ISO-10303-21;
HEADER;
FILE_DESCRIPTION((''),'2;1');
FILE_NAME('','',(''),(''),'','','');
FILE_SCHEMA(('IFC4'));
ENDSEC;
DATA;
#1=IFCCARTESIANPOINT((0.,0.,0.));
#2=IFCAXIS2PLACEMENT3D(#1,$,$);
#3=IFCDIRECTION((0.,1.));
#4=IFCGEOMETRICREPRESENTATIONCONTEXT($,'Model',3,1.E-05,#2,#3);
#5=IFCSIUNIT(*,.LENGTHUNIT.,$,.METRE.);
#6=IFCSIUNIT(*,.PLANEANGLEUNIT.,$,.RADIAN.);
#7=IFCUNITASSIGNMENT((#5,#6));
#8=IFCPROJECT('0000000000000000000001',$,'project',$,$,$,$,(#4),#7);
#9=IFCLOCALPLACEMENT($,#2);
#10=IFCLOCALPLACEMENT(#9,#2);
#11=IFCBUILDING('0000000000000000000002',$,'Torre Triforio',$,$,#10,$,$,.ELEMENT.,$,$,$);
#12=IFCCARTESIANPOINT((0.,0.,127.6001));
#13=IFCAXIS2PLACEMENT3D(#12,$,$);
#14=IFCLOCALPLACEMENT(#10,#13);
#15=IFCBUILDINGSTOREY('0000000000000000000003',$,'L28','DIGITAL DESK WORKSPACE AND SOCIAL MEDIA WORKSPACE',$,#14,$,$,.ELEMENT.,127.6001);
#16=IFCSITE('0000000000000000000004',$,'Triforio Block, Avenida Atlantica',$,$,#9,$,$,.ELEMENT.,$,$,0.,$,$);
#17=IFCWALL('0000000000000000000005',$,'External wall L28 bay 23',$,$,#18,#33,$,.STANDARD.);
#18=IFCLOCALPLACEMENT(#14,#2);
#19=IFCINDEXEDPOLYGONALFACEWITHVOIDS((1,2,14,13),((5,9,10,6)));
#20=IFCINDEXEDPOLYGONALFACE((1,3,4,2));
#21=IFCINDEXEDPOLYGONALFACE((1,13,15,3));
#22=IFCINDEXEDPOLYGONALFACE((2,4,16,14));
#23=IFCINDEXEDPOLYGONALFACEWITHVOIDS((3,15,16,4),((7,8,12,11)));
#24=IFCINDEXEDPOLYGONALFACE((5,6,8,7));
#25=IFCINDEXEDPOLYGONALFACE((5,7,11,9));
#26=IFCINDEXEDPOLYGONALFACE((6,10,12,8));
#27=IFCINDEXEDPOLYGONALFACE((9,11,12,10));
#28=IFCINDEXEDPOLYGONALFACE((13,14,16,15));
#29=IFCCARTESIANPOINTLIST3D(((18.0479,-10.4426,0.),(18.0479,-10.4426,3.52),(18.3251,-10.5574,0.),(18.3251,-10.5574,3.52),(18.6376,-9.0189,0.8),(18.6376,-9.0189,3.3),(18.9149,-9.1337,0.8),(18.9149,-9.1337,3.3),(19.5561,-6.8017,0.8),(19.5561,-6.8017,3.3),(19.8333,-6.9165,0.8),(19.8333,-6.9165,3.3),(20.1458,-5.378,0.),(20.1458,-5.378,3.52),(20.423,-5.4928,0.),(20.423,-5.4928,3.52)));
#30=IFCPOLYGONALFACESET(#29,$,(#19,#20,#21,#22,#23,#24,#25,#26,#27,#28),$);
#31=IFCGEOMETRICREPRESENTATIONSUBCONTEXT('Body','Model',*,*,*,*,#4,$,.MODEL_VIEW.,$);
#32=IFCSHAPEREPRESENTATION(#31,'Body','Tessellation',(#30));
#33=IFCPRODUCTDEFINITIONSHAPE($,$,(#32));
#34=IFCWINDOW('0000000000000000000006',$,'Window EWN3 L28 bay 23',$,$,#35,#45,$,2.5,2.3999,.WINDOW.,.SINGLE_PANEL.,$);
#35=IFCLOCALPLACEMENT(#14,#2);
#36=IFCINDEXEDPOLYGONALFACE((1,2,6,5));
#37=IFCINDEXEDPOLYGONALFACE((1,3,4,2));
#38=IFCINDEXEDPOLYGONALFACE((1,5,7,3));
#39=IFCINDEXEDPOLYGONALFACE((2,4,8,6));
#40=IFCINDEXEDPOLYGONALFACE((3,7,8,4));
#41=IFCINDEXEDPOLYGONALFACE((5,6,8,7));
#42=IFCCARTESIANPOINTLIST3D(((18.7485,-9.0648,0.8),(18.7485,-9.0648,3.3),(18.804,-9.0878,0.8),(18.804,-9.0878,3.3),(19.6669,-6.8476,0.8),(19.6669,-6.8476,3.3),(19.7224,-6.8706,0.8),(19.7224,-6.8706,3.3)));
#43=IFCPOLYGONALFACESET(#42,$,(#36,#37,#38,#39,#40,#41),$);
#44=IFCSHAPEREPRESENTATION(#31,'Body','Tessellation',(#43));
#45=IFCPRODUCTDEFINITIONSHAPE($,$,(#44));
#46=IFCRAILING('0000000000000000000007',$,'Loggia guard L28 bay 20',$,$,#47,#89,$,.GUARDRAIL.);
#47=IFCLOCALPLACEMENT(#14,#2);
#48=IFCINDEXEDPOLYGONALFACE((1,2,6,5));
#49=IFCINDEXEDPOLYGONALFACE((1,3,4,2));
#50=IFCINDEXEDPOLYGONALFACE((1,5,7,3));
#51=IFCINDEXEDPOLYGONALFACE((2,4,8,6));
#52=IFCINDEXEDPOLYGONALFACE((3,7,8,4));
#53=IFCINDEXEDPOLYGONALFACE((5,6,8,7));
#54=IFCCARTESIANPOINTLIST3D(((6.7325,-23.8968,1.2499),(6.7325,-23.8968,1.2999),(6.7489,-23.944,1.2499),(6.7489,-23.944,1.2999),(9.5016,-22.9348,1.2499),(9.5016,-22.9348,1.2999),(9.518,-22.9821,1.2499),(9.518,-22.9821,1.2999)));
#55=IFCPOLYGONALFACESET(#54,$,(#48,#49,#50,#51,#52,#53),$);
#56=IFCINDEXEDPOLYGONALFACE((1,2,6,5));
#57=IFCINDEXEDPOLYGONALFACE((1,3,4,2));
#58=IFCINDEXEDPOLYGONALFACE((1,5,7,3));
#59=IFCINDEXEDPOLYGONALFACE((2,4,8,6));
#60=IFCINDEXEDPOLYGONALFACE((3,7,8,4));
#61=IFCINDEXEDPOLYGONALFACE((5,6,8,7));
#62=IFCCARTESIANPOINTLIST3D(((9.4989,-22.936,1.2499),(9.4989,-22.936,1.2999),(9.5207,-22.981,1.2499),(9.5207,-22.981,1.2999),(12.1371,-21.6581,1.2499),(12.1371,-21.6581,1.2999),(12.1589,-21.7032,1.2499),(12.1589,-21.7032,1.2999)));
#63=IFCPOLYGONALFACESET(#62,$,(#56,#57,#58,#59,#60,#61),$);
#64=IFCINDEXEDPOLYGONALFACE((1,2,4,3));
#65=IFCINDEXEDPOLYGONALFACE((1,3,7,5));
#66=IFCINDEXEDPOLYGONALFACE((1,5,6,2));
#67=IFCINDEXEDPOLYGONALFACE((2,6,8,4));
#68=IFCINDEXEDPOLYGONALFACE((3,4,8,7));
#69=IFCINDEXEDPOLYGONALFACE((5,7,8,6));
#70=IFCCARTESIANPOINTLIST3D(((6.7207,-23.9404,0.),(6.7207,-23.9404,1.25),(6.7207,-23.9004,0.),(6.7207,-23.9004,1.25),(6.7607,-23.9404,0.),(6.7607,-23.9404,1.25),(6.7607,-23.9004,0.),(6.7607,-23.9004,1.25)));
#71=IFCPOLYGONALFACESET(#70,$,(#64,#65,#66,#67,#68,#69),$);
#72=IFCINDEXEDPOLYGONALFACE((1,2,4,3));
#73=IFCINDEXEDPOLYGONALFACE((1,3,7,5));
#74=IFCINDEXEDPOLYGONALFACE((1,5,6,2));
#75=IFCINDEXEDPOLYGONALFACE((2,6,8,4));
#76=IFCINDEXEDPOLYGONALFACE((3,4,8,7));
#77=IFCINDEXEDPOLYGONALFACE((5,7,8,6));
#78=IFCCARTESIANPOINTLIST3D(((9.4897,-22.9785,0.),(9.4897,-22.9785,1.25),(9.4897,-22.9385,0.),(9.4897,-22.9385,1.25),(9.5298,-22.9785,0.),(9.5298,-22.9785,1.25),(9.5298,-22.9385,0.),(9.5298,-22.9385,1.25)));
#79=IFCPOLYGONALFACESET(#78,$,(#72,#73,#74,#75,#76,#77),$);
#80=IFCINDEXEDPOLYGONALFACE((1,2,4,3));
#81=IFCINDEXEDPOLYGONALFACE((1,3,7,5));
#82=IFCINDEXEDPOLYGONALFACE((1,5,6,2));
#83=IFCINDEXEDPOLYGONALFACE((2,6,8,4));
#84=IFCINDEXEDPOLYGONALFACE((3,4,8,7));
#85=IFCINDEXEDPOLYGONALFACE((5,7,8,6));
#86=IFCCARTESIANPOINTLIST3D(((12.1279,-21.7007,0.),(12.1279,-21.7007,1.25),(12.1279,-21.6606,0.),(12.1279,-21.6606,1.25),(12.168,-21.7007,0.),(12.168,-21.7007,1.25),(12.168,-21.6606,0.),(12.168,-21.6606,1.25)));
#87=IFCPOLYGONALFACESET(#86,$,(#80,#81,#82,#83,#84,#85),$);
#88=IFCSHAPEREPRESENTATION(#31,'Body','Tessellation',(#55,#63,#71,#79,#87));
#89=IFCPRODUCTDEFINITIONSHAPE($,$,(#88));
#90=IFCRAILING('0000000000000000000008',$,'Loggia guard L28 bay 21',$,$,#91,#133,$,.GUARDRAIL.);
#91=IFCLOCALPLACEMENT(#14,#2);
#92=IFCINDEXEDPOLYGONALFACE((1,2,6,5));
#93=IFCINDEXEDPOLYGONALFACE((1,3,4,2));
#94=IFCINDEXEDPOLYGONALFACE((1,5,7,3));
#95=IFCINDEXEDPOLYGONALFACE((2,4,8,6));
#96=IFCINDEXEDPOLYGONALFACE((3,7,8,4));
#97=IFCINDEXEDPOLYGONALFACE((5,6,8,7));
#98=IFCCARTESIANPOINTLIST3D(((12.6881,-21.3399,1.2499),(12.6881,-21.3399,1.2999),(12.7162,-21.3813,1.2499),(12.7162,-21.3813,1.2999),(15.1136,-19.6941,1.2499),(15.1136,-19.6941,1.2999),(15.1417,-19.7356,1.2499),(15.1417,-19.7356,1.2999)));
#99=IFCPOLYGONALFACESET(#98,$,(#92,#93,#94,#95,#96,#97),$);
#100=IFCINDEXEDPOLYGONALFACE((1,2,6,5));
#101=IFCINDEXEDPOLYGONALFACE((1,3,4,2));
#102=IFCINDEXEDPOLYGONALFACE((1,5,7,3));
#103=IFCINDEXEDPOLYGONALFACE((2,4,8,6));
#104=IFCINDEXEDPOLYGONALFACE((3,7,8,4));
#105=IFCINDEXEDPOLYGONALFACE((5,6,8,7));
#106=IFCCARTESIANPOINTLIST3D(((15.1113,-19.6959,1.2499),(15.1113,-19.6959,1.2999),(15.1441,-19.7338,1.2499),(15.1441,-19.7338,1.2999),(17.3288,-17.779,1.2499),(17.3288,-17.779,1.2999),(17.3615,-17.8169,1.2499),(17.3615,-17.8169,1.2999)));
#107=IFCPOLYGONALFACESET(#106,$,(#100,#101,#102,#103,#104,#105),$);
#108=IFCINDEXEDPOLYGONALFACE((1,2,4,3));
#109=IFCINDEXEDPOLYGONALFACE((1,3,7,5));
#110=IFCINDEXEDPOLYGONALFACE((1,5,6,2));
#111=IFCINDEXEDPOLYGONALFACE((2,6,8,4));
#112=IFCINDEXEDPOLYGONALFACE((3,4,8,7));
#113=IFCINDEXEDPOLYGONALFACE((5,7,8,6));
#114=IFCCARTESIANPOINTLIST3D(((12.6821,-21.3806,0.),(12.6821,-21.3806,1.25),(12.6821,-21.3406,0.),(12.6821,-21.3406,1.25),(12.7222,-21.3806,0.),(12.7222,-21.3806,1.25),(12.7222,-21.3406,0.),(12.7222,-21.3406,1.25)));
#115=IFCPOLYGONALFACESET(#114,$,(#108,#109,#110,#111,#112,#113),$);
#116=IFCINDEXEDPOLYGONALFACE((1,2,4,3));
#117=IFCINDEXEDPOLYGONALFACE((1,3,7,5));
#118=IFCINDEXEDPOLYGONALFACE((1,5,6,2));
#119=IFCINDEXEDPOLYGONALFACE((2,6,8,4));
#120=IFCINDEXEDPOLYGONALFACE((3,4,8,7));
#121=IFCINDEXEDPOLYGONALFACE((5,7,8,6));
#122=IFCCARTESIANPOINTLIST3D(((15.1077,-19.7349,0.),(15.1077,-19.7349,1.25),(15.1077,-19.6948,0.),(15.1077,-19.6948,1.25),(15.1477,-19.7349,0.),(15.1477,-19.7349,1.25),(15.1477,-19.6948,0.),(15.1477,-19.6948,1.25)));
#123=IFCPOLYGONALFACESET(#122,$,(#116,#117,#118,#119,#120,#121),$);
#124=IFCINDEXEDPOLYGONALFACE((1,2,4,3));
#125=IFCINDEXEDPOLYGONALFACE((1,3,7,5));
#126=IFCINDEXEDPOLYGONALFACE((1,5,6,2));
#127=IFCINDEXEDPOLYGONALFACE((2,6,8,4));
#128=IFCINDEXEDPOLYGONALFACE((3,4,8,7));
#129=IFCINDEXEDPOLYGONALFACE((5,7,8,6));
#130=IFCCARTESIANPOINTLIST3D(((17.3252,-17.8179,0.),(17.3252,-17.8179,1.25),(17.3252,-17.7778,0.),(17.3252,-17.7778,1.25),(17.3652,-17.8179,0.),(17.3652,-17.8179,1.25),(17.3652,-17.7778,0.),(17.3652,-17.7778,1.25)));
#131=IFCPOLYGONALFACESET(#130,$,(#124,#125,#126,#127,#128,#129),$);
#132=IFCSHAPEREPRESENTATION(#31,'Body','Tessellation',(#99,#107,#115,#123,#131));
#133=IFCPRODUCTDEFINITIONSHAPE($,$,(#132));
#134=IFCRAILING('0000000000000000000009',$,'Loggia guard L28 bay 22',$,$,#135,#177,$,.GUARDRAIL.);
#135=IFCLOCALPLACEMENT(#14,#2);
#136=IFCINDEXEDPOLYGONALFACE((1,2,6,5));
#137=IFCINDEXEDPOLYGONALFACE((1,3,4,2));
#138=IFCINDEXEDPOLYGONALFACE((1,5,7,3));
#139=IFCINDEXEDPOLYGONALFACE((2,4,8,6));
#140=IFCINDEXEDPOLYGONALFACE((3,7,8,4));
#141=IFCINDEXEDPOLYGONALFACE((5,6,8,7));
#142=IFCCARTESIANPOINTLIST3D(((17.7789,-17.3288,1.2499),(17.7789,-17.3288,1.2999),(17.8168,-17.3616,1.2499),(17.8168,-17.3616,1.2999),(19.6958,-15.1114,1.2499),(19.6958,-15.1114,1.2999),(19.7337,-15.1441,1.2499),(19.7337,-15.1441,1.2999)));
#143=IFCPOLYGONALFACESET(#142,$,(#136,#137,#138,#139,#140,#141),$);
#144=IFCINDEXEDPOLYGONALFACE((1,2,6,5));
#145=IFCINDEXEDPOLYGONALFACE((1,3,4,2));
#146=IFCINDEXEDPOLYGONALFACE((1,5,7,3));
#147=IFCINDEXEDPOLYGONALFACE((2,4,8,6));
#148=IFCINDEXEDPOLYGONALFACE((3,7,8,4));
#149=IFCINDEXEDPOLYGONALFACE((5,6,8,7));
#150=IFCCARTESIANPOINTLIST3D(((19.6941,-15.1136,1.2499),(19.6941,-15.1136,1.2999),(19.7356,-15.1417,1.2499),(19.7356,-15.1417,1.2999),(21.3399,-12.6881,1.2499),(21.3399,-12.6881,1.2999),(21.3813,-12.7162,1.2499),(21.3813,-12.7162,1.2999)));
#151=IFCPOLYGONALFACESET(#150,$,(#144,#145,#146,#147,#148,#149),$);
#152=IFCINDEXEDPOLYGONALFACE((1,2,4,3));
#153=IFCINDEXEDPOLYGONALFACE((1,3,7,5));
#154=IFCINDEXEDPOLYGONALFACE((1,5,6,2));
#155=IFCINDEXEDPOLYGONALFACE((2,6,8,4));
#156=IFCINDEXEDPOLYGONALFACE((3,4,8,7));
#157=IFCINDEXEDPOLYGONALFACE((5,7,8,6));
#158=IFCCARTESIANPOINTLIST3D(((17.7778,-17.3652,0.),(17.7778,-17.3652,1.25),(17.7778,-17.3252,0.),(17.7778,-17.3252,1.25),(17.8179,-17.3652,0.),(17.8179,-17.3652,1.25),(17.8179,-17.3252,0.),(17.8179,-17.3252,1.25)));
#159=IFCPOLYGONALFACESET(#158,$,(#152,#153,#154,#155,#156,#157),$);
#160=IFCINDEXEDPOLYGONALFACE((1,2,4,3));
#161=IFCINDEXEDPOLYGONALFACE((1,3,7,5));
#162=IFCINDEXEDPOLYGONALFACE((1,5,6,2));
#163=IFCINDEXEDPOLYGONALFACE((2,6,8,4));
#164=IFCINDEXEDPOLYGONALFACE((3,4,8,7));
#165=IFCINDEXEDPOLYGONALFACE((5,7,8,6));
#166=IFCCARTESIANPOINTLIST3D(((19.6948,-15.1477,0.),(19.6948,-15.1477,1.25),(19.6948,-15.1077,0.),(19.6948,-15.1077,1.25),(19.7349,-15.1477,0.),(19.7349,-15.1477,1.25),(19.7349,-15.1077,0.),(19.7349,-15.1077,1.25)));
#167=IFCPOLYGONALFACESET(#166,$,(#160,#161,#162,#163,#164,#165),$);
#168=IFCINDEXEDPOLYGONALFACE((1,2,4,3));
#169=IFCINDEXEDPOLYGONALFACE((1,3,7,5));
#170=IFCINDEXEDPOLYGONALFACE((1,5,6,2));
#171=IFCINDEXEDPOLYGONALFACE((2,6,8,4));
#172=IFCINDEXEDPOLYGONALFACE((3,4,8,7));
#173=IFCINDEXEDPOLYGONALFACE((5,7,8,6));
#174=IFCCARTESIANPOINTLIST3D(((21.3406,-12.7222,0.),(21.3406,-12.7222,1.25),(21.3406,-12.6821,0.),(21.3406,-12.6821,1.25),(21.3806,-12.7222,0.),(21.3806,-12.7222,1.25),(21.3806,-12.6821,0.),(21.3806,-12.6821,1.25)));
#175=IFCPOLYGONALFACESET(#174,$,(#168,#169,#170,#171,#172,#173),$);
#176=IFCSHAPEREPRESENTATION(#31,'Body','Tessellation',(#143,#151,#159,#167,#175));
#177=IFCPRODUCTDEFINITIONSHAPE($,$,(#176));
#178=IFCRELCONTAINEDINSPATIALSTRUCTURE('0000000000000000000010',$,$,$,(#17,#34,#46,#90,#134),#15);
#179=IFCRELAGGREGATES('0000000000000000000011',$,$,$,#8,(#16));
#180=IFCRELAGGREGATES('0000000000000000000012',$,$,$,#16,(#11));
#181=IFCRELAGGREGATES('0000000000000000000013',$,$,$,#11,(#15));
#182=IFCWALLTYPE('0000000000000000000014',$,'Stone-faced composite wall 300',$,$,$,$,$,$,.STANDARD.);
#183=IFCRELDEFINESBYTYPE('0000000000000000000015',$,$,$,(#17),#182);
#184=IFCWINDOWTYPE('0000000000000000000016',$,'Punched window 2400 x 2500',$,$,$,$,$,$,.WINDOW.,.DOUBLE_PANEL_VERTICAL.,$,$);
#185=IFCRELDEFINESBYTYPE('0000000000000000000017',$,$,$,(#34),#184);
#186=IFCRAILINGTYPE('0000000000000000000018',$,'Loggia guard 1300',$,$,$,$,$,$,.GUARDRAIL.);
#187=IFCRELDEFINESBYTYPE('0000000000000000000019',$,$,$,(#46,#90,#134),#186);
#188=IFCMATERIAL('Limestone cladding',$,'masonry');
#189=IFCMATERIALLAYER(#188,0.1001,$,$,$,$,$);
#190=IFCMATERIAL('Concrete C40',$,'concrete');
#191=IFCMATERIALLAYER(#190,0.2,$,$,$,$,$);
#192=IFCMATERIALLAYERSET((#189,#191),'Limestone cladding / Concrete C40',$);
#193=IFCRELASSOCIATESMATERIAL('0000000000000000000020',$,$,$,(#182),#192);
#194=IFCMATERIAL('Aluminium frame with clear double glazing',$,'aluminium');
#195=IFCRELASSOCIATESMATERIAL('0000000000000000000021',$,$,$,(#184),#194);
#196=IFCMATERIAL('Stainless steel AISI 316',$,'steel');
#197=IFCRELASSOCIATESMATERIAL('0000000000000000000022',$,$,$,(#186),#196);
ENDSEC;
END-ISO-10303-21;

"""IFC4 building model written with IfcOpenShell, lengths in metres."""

from ifc_helpers import new_model, si_unit, direction, frame, frame_2d, origin, origin_2d, place, context, subcontext, project, spatial, rectangle, extrude, material, layer, layer_set, type_object, element, fill, save


model = new_model("IFC4")

# Units and contexts
model_context = context("Model", 3, precision=1e-05, world=origin(), true_north=direction((0.0, 1.0)))
body_context = subcontext(model_context, "Body", "Model", "MODEL_VIEW")
ifc_project = project(units=[si_unit("LENGTHUNIT", "METRE"), si_unit("PLANEANGLEUNIT", "RADIAN")], contexts=[model_context])

# Site, building, storey
site_placement = place(None, origin())
site = spatial("IfcSite", under=ifc_project, at=site_placement, Name="Triforio Block, Avenida Atlantica", CompositionType="ELEMENT", RefElevation=0.0)
building_placement = place(site_placement, origin())
building = spatial("IfcBuilding", under=site, at=building_placement, Name="Torre Triforio", CompositionType="ELEMENT")
storey_placement = place(building_placement, frame((0.0, 0.0, 127.6001)))
storey = spatial("IfcBuildingStorey", under=building, at=storey_placement, Name="L28", Description="DIGITAL DESK WORKSPACE AND SOCIAL MEDIA WORKSPACE", CompositionType="ELEMENT", Elevation=127.6001)

# Shared definitions
ifc_material_1 = material(Name="Limestone cladding", Category="masonry")
ifc_material_2 = material(Name="Concrete C40", Category="concrete")

# Shared definitions
ifc_layer_1 = layer(ifc_material_1, 0.1001)
ifc_layer_2 = layer(ifc_material_2, 0.2)
ifc_layer_set_1 = layer_set([ifc_layer_1, ifc_layer_2], Name="Limestone cladding / Concrete C40")
wall_type_1 = type_object("IfcWallType", Name="Stone-faced composite wall 300", PredefinedType="STANDARD", material=ifc_layer_set_1)
ifc_material_3 = material(Name="Aluminium frame with clear double glazing", Category="aluminium")
window_type_1 = type_object("IfcWindowType", Name="Punched window 2400 x 2500", PartitioningType="DOUBLE_PANEL_VERTICAL", PredefinedType="WINDOW", material=ifc_material_3)

# Wall, opening, window
wall_1_placement = place(storey_placement, frame((18.1865, -10.5, 0.0), z_axis=(0.0, 0.0, 1.0), x_axis=(0.382689, 0.923877, 0.0)))
wall_1 = element("IfcWall", 1, at=wall_1_placement, inside=storey, type_object=wall_type_1, Name="External wall L28 bay 23", PredefinedType="STANDARD", context=body_context, shape_type="SweptSolid", body=[
    extrude(rectangle(XDim=5.4819, YDim=0.3, at=frame_2d((2.741, 0.0))), origin(), (0.0, 0.0, 1.0), 3.52),
])
opening_1_placement = place(wall_1_placement, frame((1.541, 0.0, 0.8)))
opening_1 = element("IfcOpeningElement", 2, at=opening_1_placement, cuts=wall_1, PredefinedType="OPENING", context=body_context, shape_type="SweptSolid", body=[
    extrude(rectangle(XDim=2.3999, YDim=2.5, at=frame_2d((1.2, 1.25))), frame((0.0, 0.1599, 0.0), z_axis=(0.0, -1.0, 0.0), x_axis=(1.0, 0.0, 0.0)), (0.0, 0.0, 1.0), 0.3201),
])
window_1_placement = place(opening_1_placement, origin())
window_1 = element("IfcWindow", 3, at=window_1_placement, inside=storey, type_object=window_type_1, Name="Window EWN3 L28 bay 23", OverallHeight=2.5, OverallWidth=2.3999, PartitioningType="SINGLE_PANEL", PredefinedType="WINDOW", context=body_context, shape_type="SweptSolid", body=[
    extrude(rectangle(XDim=2.3999, YDim=2.5, at=frame_2d((1.2, 1.25))), frame((0.0, 0.03, 0.0), z_axis=(0.0, -1.0, 0.0), x_axis=(1.0, 0.0, 0.0)), (0.0, 0.0, 1.0), 0.0601),
])
fill(opening_1, window_1)

# Railings
ifc_material_4 = material(Name="Stainless steel AISI 316", Category="steel")
railing_type = type_object("IfcRailingType", Name="Loggia guard 1300", PredefinedType="GUARDRAIL", material=ifc_material_4)
railing_1_placement = place(storey_placement, frame((6.7407, -23.9204, 0.0)))
element("IfcRailing", 4, at=railing_1_placement, inside=storey, type_object=railing_type, Name="Loggia guard L28 bay 20", PredefinedType="GUARDRAIL", context=body_context, shape_type="SweptSolid", body=[
    extrude(rectangle(XDim=0.05, YDim=0.05, at=origin_2d()), frame((0.0, 0.0, 1.2749), z_axis=(0.944627, 0.328146, 0.0), x_axis=(-0.328146, 0.944627, 0.0)), (0.0, 0.0, 1.0), 2.9314),
    extrude(rectangle(XDim=0.05, YDim=0.05, at=origin_2d()), frame((2.769, 0.9619, 1.2749), z_axis=(0.899986, 0.435918, 0.0), x_axis=(-0.435918, 0.899986, 0.0)), (0.0, 0.0, 1.0), 2.9314),
    extrude(rectangle(XDim=0.04, YDim=0.04, at=origin_2d()), origin(), (0.0, 0.0, 1.0), 1.25),
    extrude(rectangle(XDim=0.04, YDim=0.04, at=origin_2d()), frame((2.769, 0.9619, 0.0)), (0.0, 0.0, 1.0), 1.25),
    extrude(rectangle(XDim=0.04, YDim=0.04, at=origin_2d()), frame((5.4072, 2.2397, 0.0)), (0.0, 0.0, 1.0), 1.25),
])
railing_2_placement = place(storey_placement, frame((12.7021, -21.3606, 0.0)))
element("IfcRailing", 5, at=railing_2_placement, inside=storey, type_object=railing_type, Name="Loggia guard L28 bay 21", PredefinedType="GUARDRAIL", context=body_context, shape_type="SweptSolid", body=[
    extrude(rectangle(XDim=0.05, YDim=0.05, at=origin_2d()), frame((0.0, 0.0, 1.2749), z_axis=(0.827499, 0.561467, 0.0), x_axis=(-0.561467, 0.827499, 0.0)), (0.0, 0.0, 1.0), 2.9312),
    extrude(rectangle(XDim=0.05, YDim=0.05, at=origin_2d()), frame((2.4255, 1.6458, 1.2749), z_axis=(0.75651, 0.653982, 0.0), x_axis=(-0.653982, 0.75651, 0.0)), (0.0, 0.0, 1.0), 2.9312),
    extrude(rectangle(XDim=0.04, YDim=0.04, at=origin_2d()), origin(), (0.0, 0.0, 1.0), 1.25),
    extrude(rectangle(XDim=0.04, YDim=0.04, at=origin_2d()), frame((2.4255, 1.6458, 0.0)), (0.0, 0.0, 1.0), 1.25),
    extrude(rectangle(XDim=0.04, YDim=0.04, at=origin_2d()), frame((4.6431, 3.5627, 0.0)), (0.0, 0.0, 1.0), 1.25),
])
railing_3_placement = place(storey_placement, frame((17.7979, -17.3452, 0.0)))
element("IfcRailing", 6, at=railing_3_placement, inside=storey, type_object=railing_type, Name="Loggia guard L28 bay 22", PredefinedType="GUARDRAIL", context=body_context, shape_type="SweptSolid", body=[
    extrude(rectangle(XDim=0.05, YDim=0.05, at=origin_2d()), frame((0.0, 0.0, 1.2749), z_axis=(0.653982, 0.75651, 0.0), x_axis=(-0.75651, 0.653982, 0.0)), (0.0, 0.0, 1.0), 2.9312),
    extrude(rectangle(XDim=0.05, YDim=0.05, at=origin_2d()), frame((1.917, 2.2175, 1.2749), z_axis=(0.561467, 0.827499, 0.0), x_axis=(-0.827499, 0.561467, 0.0)), (0.0, 0.0, 1.0), 2.9312),
    extrude(rectangle(XDim=0.04, YDim=0.04, at=origin_2d()), origin(), (0.0, 0.0, 1.0), 1.25),
    extrude(rectangle(XDim=0.04, YDim=0.04, at=origin_2d()), frame((1.917, 2.2175, 0.0)), (0.0, 0.0, 1.0), 1.25),
    extrude(rectangle(XDim=0.04, YDim=0.04, at=origin_2d()), frame((3.5627, 4.6431, 0.0)), (0.0, 0.0, 1.0), 1.25),
])

save(model, "model.ifc")
